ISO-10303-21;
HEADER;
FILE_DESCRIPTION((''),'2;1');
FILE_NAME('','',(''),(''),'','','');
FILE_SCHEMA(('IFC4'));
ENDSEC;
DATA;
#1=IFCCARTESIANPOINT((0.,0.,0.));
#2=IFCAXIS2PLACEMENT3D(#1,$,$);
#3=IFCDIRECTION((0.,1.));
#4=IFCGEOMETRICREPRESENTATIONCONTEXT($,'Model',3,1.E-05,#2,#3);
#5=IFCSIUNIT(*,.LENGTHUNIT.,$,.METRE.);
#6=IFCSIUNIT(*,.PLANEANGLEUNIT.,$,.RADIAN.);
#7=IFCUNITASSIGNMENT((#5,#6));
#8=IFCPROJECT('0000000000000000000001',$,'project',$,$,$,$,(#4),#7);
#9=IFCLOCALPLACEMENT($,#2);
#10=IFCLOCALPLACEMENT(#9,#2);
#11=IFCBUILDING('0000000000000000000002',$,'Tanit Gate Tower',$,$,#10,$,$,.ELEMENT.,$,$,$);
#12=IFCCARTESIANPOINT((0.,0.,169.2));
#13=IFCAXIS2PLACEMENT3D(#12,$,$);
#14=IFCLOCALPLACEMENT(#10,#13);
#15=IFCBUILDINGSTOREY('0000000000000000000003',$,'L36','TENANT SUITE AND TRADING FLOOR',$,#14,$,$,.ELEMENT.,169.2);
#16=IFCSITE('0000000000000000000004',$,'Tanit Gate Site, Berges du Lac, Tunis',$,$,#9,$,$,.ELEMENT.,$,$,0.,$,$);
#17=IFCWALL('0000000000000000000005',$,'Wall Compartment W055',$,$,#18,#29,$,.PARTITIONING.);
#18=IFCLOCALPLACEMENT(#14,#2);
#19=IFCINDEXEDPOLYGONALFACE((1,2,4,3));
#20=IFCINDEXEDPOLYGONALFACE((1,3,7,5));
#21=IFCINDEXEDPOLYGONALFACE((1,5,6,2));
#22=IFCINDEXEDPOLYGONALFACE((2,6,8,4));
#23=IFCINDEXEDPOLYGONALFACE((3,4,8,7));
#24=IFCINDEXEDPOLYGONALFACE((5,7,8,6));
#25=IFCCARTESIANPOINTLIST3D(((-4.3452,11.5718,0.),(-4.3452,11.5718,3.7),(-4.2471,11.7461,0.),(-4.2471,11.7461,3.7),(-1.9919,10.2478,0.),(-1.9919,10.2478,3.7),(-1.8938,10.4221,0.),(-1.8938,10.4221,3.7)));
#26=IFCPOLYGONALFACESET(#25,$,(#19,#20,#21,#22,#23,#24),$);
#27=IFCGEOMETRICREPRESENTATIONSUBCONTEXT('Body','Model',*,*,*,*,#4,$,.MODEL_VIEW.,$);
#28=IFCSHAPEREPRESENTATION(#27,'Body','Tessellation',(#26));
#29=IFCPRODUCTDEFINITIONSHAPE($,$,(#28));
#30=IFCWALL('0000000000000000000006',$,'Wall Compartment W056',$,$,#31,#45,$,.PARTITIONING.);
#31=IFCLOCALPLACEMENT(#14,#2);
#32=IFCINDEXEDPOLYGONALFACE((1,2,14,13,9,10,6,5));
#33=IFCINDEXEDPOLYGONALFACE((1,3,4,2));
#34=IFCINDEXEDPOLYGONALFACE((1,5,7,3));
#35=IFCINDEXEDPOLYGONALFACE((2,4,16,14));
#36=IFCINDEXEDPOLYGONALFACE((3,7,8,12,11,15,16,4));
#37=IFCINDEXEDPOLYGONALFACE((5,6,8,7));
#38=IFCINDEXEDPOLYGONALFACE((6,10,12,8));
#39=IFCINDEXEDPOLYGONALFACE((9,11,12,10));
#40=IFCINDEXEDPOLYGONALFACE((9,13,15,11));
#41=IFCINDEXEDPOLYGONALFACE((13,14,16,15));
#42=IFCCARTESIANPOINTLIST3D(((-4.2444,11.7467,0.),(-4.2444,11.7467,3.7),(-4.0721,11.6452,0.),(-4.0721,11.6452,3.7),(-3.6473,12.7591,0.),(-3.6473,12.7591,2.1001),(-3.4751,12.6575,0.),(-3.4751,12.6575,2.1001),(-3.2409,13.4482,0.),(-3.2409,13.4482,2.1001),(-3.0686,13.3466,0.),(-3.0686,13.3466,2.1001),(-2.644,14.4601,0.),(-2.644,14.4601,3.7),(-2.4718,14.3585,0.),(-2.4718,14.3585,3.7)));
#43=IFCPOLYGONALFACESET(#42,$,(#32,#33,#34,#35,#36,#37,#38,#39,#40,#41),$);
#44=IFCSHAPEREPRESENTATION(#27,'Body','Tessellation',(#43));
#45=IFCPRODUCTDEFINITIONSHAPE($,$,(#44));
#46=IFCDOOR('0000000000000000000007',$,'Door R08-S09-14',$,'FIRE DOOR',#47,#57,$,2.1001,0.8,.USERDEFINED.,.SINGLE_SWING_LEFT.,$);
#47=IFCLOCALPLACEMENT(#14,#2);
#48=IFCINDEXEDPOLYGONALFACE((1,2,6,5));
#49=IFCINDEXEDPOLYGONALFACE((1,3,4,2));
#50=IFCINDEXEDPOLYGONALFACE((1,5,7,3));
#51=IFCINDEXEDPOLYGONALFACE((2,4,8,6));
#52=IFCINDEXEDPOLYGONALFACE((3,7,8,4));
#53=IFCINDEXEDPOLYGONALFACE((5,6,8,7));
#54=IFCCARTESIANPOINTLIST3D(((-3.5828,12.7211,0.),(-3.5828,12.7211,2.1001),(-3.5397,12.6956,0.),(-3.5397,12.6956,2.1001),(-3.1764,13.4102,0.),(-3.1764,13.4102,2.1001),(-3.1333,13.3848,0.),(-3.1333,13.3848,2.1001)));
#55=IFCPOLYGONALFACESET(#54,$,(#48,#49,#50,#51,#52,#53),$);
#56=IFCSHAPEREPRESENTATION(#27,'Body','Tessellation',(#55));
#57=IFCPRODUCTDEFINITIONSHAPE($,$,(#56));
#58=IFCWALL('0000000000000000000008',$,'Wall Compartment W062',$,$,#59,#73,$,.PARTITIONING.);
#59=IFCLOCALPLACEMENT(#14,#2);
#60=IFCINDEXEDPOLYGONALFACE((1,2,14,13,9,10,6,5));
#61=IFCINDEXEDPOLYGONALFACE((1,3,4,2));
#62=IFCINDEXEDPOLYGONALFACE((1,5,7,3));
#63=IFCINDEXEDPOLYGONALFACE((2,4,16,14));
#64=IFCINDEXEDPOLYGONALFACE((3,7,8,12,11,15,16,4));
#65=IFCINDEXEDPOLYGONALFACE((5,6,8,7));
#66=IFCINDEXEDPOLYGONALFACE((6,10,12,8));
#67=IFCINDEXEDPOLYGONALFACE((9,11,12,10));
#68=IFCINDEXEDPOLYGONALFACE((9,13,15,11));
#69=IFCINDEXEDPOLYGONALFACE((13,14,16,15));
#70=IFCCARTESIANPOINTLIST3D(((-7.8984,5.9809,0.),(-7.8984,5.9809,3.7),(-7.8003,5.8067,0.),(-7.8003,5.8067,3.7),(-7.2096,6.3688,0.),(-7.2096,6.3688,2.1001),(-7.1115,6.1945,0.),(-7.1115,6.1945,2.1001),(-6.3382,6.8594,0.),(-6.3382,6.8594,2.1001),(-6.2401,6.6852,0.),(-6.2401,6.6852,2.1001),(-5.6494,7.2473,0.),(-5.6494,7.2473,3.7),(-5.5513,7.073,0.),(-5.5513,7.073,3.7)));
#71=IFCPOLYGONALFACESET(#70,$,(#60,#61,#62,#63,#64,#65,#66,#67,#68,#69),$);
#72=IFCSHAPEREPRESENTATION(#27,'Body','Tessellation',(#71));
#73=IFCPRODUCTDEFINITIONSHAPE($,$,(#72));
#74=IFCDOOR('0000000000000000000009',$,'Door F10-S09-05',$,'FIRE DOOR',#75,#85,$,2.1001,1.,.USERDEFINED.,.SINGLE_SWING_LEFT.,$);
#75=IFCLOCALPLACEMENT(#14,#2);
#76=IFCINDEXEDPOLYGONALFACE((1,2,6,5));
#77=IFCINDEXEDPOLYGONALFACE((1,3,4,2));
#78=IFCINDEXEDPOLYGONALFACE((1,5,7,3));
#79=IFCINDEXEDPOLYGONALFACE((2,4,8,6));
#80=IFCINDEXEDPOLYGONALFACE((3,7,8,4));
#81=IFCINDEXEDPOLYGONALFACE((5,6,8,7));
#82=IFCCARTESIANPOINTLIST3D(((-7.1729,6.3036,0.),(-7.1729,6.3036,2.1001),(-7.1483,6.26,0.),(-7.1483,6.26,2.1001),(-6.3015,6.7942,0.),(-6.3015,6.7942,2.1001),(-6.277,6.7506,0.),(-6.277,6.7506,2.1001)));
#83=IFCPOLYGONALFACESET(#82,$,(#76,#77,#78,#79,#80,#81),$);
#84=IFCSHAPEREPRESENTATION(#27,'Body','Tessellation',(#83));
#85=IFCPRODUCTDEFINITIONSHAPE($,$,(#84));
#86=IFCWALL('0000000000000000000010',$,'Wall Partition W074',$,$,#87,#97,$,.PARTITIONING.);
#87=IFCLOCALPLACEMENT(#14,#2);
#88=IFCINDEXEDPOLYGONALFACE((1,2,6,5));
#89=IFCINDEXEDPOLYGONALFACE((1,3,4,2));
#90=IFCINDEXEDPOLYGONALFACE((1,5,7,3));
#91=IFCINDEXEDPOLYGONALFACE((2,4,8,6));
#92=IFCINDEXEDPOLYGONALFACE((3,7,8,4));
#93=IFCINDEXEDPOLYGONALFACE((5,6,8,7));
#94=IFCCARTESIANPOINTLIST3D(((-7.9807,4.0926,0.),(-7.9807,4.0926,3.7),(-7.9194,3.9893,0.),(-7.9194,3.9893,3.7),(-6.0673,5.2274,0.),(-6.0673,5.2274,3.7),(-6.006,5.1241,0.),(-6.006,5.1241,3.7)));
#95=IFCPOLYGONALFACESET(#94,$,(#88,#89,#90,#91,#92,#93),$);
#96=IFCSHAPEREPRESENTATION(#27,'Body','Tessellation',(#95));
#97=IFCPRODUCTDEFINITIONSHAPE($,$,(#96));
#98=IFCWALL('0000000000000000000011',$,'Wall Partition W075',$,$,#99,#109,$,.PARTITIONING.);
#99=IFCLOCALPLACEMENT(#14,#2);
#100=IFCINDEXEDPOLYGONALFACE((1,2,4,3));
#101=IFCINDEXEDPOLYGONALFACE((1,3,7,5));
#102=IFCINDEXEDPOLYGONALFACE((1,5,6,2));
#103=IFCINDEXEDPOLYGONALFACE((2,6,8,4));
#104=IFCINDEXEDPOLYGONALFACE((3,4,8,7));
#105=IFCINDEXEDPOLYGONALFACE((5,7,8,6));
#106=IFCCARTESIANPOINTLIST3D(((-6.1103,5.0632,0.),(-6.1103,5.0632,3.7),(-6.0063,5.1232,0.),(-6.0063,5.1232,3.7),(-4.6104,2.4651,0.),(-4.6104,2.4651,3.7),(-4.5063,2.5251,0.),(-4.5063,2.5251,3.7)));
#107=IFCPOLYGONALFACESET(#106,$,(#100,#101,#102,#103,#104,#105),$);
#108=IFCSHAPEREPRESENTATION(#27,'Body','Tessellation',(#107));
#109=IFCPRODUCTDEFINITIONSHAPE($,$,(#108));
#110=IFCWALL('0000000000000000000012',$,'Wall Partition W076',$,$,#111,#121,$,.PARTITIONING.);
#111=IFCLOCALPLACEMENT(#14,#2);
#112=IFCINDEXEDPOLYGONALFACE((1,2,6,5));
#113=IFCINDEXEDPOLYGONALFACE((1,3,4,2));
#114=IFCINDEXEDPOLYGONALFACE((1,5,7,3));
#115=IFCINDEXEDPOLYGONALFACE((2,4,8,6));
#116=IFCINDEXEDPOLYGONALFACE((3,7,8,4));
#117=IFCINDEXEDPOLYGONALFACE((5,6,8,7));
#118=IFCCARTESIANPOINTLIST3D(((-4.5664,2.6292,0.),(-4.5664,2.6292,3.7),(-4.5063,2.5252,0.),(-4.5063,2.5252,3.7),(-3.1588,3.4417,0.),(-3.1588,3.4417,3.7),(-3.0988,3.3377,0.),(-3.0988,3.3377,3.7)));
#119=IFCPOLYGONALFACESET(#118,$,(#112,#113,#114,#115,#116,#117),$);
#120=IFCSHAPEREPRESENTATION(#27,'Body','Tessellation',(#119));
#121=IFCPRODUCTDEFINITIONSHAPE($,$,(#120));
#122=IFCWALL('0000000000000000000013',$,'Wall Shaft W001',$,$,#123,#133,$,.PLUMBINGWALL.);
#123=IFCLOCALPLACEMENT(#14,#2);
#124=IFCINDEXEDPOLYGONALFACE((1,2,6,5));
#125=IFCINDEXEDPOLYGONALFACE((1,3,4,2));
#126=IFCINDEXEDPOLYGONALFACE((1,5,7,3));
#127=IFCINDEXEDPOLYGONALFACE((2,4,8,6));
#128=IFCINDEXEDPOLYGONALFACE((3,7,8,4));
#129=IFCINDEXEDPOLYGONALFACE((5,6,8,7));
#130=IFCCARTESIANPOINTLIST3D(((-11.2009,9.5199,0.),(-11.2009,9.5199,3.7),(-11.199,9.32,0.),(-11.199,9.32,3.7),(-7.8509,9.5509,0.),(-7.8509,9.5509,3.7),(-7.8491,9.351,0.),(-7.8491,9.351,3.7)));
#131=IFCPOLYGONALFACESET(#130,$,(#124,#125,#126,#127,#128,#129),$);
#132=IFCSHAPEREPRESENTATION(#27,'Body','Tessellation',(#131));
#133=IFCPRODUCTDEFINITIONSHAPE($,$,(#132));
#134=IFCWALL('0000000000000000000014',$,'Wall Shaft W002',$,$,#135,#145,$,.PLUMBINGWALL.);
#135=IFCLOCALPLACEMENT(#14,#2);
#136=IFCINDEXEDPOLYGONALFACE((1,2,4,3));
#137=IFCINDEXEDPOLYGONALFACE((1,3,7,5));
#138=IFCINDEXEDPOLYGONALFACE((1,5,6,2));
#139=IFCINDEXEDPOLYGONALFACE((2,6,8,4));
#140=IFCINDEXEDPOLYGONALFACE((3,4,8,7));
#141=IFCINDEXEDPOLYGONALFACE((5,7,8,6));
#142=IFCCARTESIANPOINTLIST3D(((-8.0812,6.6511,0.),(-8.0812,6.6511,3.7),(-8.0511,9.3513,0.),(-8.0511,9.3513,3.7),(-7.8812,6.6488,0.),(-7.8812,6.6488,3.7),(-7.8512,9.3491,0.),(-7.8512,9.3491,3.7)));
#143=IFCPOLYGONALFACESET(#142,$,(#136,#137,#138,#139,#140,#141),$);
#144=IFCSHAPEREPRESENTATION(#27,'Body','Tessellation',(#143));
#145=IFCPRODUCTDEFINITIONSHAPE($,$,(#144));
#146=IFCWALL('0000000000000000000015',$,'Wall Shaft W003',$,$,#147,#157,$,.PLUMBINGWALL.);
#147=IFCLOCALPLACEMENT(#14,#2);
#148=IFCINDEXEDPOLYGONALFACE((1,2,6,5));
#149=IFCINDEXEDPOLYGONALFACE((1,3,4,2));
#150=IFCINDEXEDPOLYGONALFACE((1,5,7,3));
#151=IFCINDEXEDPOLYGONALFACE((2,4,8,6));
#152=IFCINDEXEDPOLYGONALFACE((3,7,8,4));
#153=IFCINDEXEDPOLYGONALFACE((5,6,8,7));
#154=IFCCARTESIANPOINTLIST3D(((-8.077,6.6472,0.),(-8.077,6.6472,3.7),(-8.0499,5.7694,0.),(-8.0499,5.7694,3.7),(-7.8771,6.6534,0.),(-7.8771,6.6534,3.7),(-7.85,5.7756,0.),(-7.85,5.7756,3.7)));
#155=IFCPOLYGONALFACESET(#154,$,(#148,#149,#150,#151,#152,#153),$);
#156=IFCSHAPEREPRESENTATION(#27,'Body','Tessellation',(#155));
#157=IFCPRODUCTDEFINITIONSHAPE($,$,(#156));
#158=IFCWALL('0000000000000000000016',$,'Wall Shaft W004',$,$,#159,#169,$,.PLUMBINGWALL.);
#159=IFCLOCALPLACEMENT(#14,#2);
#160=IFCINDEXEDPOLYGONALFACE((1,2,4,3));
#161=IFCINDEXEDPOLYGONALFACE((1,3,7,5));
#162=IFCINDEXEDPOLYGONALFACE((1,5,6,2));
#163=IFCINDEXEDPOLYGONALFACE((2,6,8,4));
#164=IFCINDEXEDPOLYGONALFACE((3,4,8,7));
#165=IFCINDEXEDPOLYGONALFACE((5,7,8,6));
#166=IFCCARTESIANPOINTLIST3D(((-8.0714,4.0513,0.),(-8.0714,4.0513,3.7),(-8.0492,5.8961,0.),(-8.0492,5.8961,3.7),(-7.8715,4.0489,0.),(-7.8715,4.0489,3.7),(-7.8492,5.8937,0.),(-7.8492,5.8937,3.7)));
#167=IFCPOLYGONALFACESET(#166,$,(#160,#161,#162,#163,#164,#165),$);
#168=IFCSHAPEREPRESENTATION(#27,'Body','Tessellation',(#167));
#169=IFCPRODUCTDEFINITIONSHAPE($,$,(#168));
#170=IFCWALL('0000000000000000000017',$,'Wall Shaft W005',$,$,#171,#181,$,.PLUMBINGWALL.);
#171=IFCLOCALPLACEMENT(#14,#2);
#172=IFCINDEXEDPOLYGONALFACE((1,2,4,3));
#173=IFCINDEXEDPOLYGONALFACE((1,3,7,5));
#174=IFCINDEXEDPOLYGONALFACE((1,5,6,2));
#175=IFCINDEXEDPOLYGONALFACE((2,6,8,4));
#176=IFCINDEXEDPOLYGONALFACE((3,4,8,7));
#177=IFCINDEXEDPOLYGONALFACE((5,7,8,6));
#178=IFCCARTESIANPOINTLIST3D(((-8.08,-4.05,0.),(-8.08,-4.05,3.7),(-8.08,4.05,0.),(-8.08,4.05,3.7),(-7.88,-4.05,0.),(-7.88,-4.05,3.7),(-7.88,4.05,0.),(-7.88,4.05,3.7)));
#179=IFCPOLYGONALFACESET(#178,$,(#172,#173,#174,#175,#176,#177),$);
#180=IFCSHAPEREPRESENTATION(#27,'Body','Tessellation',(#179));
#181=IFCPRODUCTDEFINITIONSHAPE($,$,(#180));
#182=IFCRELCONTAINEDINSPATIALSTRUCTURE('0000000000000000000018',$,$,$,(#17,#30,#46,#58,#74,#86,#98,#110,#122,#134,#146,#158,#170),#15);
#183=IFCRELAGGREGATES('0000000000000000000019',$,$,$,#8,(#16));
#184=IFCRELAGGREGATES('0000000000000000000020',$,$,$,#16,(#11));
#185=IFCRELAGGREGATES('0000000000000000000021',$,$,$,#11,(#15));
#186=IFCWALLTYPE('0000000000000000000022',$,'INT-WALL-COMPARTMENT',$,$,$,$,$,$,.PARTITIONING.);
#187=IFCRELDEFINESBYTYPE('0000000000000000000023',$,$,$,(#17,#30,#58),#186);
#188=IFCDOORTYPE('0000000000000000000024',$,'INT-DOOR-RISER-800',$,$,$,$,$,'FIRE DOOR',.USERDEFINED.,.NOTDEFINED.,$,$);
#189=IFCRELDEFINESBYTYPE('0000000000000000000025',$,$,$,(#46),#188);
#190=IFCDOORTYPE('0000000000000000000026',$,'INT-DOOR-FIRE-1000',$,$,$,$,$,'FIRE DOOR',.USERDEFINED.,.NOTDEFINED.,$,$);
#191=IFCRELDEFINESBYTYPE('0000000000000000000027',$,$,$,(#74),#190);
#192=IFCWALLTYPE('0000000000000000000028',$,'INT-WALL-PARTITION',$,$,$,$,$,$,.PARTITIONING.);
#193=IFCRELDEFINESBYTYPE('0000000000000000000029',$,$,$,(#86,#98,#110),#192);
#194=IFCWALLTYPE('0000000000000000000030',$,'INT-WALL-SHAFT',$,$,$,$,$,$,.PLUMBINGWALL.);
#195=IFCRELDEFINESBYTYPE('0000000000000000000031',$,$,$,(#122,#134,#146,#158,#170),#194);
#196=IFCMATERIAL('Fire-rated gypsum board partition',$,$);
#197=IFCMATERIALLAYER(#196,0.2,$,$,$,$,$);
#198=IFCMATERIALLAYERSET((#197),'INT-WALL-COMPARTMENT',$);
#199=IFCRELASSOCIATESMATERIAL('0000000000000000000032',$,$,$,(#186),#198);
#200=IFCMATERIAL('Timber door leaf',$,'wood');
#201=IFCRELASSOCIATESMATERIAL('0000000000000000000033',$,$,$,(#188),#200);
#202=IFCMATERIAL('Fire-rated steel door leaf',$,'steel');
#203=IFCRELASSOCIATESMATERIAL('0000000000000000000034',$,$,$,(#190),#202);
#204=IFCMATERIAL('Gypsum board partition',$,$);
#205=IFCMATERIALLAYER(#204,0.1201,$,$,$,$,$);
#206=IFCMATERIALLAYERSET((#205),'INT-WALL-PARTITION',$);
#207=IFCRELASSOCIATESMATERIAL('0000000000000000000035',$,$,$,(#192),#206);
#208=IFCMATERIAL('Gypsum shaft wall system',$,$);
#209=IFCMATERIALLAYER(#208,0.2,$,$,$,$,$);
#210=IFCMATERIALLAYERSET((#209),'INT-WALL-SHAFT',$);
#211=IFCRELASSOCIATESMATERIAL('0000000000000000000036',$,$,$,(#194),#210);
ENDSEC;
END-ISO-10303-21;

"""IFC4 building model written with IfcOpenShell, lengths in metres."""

from ifc_helpers import new_model, si_unit, direction, frame, frame_2d, origin, place, context, subcontext, project, spatial, rectangle, extrude, material, layer, layer_set, type_object, element, fill, save


model = new_model("IFC4")

# Units and contexts
model_context = context("Model", 3, precision=1e-05, world=origin(), true_north=direction((0.0, 1.0)))
body_context = subcontext(model_context, "Body", "Model", "MODEL_VIEW")
ifc_project = project(units=[si_unit("LENGTHUNIT", "METRE"), si_unit("PLANEANGLEUNIT", "RADIAN")], contexts=[model_context])

# Site, building, storey
site_placement = place(None, origin())
site = spatial("IfcSite", under=ifc_project, at=site_placement, Name="Tanit Gate Site, Berges du Lac, Tunis", CompositionType="ELEMENT", RefElevation=0.0)
building_placement = place(site_placement, origin())
building = spatial("IfcBuilding", under=site, at=building_placement, Name="Tanit Gate Tower", CompositionType="ELEMENT")
storey_placement = place(building_placement, frame((0.0, 0.0, 169.2)))
storey = spatial("IfcBuildingStorey", under=building, at=storey_placement, Name="L36", Description="TENANT SUITE AND TRADING FLOOR", CompositionType="ELEMENT", Elevation=169.2)

# Wall
ifc_material_1 = material(Name="Fire-rated gypsum board partition")
ifc_layer_1 = layer(ifc_material_1, 0.2)
ifc_layer_set_1 = layer_set([ifc_layer_1], Name="INT-WALL-COMPARTMENT")
wall_type_1 = type_object("IfcWallType", Name="INT-WALL-COMPARTMENT", PredefinedType="PARTITIONING", material=ifc_layer_set_1)
wall_1_placement = place(storey_placement, frame((-4.2961, 11.6589, 0.0), z_axis=(0.0, 0.0, 1.0), x_axis=(0.871534, -0.490334, 0.0)))
element("IfcWall", 1, at=wall_1_placement, inside=storey, type_object=wall_type_1, Name="Wall Compartment W055", PredefinedType="PARTITIONING", context=body_context, shape_type="SweptSolid", body=[
    extrude(rectangle(XDim=2.7002, YDim=0.2, at=frame_2d((1.3501, 0.0))), origin(), (0.0, 0.0, 1.0), 3.7),
])

# Walls, openings, doors
wall_2_placement = place(storey_placement, frame((-2.5579, 14.4094, 0.0), z_axis=(0.0, 0.0, 1.0), x_axis=(-0.508019, -0.861346, 0.0)))
wall_2 = element("IfcWall", 2, at=wall_2_placement, inside=storey, type_object=wall_type_1, Name="Wall Compartment W056", PredefinedType="PARTITIONING", context=body_context, shape_type="SweptSolid", body=[
    extrude(rectangle(XDim=3.1501, YDim=0.2, at=frame_2d((1.5752, 0.0))), origin(), (0.0, 0.0, 1.0), 3.7),
])
opening_1_placement = place(wall_2_placement, frame((1.175, 0.0, 0.0)))
opening_1 = element("IfcOpeningElement", 3, at=opening_1_placement, cuts=wall_2, PredefinedType="OPENING", context=body_context, shape_type="SweptSolid", body=[
    extrude(rectangle(XDim=0.8, YDim=2.1001, at=frame_2d((0.3999, 1.05))), frame((0.0, 0.1099, 0.0), z_axis=(0.0, -1.0, 0.0), x_axis=(1.0, 0.0, 0.0)), (0.0, 0.0, 1.0), 0.22),
])
ifc_material_2 = material(Name="Timber door leaf", Category="wood")
door_type_1 = type_object("IfcDoorType", Name="INT-DOOR-RISER-800", ElementType="FIRE DOOR", OperationType="NOTDEFINED", PredefinedType="USERDEFINED", material=ifc_material_2)
door_1_placement = place(opening_1_placement, origin())
door_1 = element("IfcDoor", 4, at=door_1_placement, inside=storey, type_object=door_type_1, Name="Door R08-S09-14", ObjectType="FIRE DOOR", OperationType="SINGLE_SWING_LEFT", OverallHeight=2.1001, OverallWidth=0.8, PredefinedType="USERDEFINED", context=body_context, shape_type="SweptSolid", body=[
    extrude(rectangle(XDim=0.8, YDim=2.1001, at=frame_2d((0.3999, 1.05))), frame((0.0, 0.0249, 0.0), z_axis=(0.0, -1.0, 0.0), x_axis=(1.0, 0.0, 0.0)), (0.0, 0.0, 1.0), 0.05),
])
fill(opening_1, door_1)
wall_3_placement = place(storey_placement, frame((-5.6003, 7.1602, 0.0), z_axis=(0.0, 0.0, 1.0), x_axis=(-0.871363, -0.490638, 0.0)))
wall_3 = element("IfcWall", 5, at=wall_3_placement, inside=storey, type_object=wall_type_1, Name="Wall Compartment W062", PredefinedType="PARTITIONING", context=body_context, shape_type="SweptSolid", body=[
    extrude(rectangle(XDim=2.5811, YDim=0.2, at=frame_2d((1.2905, 0.0))), origin(), (0.0, 0.0, 1.0), 3.7),
])
opening_2_placement = place(wall_3_placement, frame((0.7905, 0.0, 0.0)))
opening_2 = element("IfcOpeningElement", 6, at=opening_2_placement, cuts=wall_3, PredefinedType="OPENING", context=body_context, shape_type="SweptSolid", body=[
    extrude(rectangle(XDim=1.0, YDim=2.1001, at=frame_2d((0.5, 1.05))), frame((0.0, 0.1099, 0.0), z_axis=(0.0, -1.0, 0.0), x_axis=(1.0, 0.0, 0.0)), (0.0, 0.0, 1.0), 0.22),
])
ifc_material_3 = material(Name="Fire-rated steel door leaf", Category="steel")
door_type_2 = type_object("IfcDoorType", Name="INT-DOOR-FIRE-1000", ElementType="FIRE DOOR", OperationType="NOTDEFINED", PredefinedType="USERDEFINED", material=ifc_material_3)
door_2_placement = place(opening_2_placement, origin())
door_2 = element("IfcDoor", 7, at=door_2_placement, inside=storey, type_object=door_type_2, Name="Door F10-S09-05", ObjectType="FIRE DOOR", OperationType="SINGLE_SWING_LEFT", OverallHeight=2.1001, OverallWidth=1.0, PredefinedType="USERDEFINED", context=body_context, shape_type="SweptSolid", body=[
    extrude(rectangle(XDim=1.0, YDim=2.1001, at=frame_2d((0.5, 1.05))), frame((0.0, 0.0249, 0.0), z_axis=(0.0, -1.0, 0.0), x_axis=(1.0, 0.0, 0.0)), (0.0, 0.0, 1.0), 0.05),
])
fill(opening_2, door_2)

# Walls
ifc_material_4 = material(Name="Gypsum board partition")
ifc_layer_2 = layer(ifc_material_4, 0.1201)
ifc_layer_set_2 = layer_set([ifc_layer_2], Name="INT-WALL-PARTITION")
wall_type_2 = type_object("IfcWallType", Name="INT-WALL-PARTITION", PredefinedType="PARTITIONING", material=ifc_layer_set_2)
wall_4_placement = place(storey_placement, frame((-6.0366, 5.1758, 0.0), z_axis=(0.0, 0.0, 1.0), x_axis=(-0.860106, -0.510115, 0.0)))
element("IfcWall", 8, at=wall_4_placement, inside=storey, type_object=wall_type_2, Name="Wall Partition W074", PredefinedType="PARTITIONING", context=body_context, shape_type="SweptSolid", body=[
    extrude(rectangle(XDim=2.2246, YDim=0.1201, at=frame_2d((1.1123, 0.0))), origin(), (0.0, 0.0, 1.0), 3.7),
])
wall_5_placement = place(storey_placement, frame((-4.5583, 2.4951, 0.0), z_axis=(0.0, 0.0, 1.0), x_axis=(-0.49999, 0.866031, 0.0)))
element("IfcWall", 9, at=wall_5_placement, inside=storey, type_object=wall_type_2, Name="Wall Partition W075", PredefinedType="PARTITIONING", context=body_context, shape_type="SweptSolid", body=[
    extrude(rectangle(XDim=3.0, YDim=0.1201, at=frame_2d((1.5, 0.0))), origin(), (0.0, 0.0, 1.0), 3.7),
])
wall_6_placement = place(storey_placement, frame((-3.1289, 3.3896, 0.0), z_axis=(0.0, 0.0, 1.0), x_axis=(-0.866053, -0.499952, 0.0)))
element("IfcWall", 10, at=wall_6_placement, inside=storey, type_object=wall_type_2, Name="Wall Partition W076", PredefinedType="PARTITIONING", context=body_context, shape_type="SweptSolid", body=[
    extrude(rectangle(XDim=1.6252, YDim=0.1201, at=frame_2d((0.8125, 0.0))), origin(), (0.0, 0.0, 1.0), 3.7),
])
ifc_material_5 = material(Name="Gypsum shaft wall system")
ifc_layer_3 = layer(ifc_material_5, 0.2)
ifc_layer_set_3 = layer_set([ifc_layer_3], Name="INT-WALL-SHAFT")
wall_type_3 = type_object("IfcWallType", Name="INT-WALL-SHAFT", PredefinedType="PLUMBINGWALL", material=ifc_layer_set_3)
wall_7_placement = place(storey_placement, frame((-11.2, 9.4199, 0.0), z_axis=(0.0, 0.0, 1.0), x_axis=(0.999957, 0.009255, 0.0)))
element("IfcWall", 11, at=wall_7_placement, inside=storey, type_object=wall_type_3, Name="Wall Shaft W001", PredefinedType="PLUMBINGWALL", context=body_context, shape_type="SweptSolid", body=[
    extrude(rectangle(XDim=3.3501, YDim=0.2, at=frame_2d((1.675, 0.0))), origin(), (0.0, 0.0, 1.0), 3.7),
])
wall_8_placement = place(storey_placement, frame((-7.9512, 9.3501, 0.0), z_axis=(0.0, 0.0, 1.0), x_axis=(-0.01112, -0.999938, 0.0)))
element("IfcWall", 12, at=wall_8_placement, inside=storey, type_object=wall_type_3, Name="Wall Shaft W002", PredefinedType="PLUMBINGWALL", context=body_context, shape_type="SweptSolid", body=[
    extrude(rectangle(XDim=2.7004, YDim=0.2, at=frame_2d((1.3501, 0.0))), origin(), (0.0, 0.0, 1.0), 3.7),
])
wall_9_placement = place(storey_placement, frame((-7.9771, 6.6501, 0.0), z_axis=(0.0, 0.0, 1.0), x_axis=(0.030862, -0.999524, 0.0)))
element("IfcWall", 13, at=wall_9_placement, inside=storey, type_object=wall_type_3, Name="Wall Shaft W003", PredefinedType="PLUMBINGWALL", context=body_context, shape_type="SweptSolid", body=[
    extrude(rectangle(XDim=0.8782, YDim=0.2, at=frame_2d((0.439, 0.0))), origin(), (0.0, 0.0, 1.0), 3.7),
])
wall_10_placement = place(storey_placement, frame((-7.9492, 5.8948, 0.0), z_axis=(0.0, 0.0, 1.0), x_axis=(-0.012043, -0.999927, 0.0)))
element("IfcWall", 14, at=wall_10_placement, inside=storey, type_object=wall_type_3, Name="Wall Shaft W004", PredefinedType="PLUMBINGWALL", context=body_context, shape_type="SweptSolid", body=[
    extrude(rectangle(XDim=1.845, YDim=0.2, at=frame_2d((0.9224, 0.0))), origin(), (0.0, 0.0, 1.0), 3.7),
])
wall_11_placement = place(storey_placement, frame((-7.98, 4.05, 0.0), z_axis=(0.0, 0.0, 1.0), x_axis=(0.0, -1.0, 0.0)))
element("IfcWall", 15, at=wall_11_placement, inside=storey, type_object=wall_type_3, Name="Wall Shaft W005", PredefinedType="PLUMBINGWALL", context=body_context, shape_type="SweptSolid", body=[
    extrude(rectangle(XDim=8.1001, YDim=0.2, at=frame_2d((4.05, 0.0))), origin(), (0.0, 0.0, 1.0), 3.7),
])

save(model, "model.ifc")
